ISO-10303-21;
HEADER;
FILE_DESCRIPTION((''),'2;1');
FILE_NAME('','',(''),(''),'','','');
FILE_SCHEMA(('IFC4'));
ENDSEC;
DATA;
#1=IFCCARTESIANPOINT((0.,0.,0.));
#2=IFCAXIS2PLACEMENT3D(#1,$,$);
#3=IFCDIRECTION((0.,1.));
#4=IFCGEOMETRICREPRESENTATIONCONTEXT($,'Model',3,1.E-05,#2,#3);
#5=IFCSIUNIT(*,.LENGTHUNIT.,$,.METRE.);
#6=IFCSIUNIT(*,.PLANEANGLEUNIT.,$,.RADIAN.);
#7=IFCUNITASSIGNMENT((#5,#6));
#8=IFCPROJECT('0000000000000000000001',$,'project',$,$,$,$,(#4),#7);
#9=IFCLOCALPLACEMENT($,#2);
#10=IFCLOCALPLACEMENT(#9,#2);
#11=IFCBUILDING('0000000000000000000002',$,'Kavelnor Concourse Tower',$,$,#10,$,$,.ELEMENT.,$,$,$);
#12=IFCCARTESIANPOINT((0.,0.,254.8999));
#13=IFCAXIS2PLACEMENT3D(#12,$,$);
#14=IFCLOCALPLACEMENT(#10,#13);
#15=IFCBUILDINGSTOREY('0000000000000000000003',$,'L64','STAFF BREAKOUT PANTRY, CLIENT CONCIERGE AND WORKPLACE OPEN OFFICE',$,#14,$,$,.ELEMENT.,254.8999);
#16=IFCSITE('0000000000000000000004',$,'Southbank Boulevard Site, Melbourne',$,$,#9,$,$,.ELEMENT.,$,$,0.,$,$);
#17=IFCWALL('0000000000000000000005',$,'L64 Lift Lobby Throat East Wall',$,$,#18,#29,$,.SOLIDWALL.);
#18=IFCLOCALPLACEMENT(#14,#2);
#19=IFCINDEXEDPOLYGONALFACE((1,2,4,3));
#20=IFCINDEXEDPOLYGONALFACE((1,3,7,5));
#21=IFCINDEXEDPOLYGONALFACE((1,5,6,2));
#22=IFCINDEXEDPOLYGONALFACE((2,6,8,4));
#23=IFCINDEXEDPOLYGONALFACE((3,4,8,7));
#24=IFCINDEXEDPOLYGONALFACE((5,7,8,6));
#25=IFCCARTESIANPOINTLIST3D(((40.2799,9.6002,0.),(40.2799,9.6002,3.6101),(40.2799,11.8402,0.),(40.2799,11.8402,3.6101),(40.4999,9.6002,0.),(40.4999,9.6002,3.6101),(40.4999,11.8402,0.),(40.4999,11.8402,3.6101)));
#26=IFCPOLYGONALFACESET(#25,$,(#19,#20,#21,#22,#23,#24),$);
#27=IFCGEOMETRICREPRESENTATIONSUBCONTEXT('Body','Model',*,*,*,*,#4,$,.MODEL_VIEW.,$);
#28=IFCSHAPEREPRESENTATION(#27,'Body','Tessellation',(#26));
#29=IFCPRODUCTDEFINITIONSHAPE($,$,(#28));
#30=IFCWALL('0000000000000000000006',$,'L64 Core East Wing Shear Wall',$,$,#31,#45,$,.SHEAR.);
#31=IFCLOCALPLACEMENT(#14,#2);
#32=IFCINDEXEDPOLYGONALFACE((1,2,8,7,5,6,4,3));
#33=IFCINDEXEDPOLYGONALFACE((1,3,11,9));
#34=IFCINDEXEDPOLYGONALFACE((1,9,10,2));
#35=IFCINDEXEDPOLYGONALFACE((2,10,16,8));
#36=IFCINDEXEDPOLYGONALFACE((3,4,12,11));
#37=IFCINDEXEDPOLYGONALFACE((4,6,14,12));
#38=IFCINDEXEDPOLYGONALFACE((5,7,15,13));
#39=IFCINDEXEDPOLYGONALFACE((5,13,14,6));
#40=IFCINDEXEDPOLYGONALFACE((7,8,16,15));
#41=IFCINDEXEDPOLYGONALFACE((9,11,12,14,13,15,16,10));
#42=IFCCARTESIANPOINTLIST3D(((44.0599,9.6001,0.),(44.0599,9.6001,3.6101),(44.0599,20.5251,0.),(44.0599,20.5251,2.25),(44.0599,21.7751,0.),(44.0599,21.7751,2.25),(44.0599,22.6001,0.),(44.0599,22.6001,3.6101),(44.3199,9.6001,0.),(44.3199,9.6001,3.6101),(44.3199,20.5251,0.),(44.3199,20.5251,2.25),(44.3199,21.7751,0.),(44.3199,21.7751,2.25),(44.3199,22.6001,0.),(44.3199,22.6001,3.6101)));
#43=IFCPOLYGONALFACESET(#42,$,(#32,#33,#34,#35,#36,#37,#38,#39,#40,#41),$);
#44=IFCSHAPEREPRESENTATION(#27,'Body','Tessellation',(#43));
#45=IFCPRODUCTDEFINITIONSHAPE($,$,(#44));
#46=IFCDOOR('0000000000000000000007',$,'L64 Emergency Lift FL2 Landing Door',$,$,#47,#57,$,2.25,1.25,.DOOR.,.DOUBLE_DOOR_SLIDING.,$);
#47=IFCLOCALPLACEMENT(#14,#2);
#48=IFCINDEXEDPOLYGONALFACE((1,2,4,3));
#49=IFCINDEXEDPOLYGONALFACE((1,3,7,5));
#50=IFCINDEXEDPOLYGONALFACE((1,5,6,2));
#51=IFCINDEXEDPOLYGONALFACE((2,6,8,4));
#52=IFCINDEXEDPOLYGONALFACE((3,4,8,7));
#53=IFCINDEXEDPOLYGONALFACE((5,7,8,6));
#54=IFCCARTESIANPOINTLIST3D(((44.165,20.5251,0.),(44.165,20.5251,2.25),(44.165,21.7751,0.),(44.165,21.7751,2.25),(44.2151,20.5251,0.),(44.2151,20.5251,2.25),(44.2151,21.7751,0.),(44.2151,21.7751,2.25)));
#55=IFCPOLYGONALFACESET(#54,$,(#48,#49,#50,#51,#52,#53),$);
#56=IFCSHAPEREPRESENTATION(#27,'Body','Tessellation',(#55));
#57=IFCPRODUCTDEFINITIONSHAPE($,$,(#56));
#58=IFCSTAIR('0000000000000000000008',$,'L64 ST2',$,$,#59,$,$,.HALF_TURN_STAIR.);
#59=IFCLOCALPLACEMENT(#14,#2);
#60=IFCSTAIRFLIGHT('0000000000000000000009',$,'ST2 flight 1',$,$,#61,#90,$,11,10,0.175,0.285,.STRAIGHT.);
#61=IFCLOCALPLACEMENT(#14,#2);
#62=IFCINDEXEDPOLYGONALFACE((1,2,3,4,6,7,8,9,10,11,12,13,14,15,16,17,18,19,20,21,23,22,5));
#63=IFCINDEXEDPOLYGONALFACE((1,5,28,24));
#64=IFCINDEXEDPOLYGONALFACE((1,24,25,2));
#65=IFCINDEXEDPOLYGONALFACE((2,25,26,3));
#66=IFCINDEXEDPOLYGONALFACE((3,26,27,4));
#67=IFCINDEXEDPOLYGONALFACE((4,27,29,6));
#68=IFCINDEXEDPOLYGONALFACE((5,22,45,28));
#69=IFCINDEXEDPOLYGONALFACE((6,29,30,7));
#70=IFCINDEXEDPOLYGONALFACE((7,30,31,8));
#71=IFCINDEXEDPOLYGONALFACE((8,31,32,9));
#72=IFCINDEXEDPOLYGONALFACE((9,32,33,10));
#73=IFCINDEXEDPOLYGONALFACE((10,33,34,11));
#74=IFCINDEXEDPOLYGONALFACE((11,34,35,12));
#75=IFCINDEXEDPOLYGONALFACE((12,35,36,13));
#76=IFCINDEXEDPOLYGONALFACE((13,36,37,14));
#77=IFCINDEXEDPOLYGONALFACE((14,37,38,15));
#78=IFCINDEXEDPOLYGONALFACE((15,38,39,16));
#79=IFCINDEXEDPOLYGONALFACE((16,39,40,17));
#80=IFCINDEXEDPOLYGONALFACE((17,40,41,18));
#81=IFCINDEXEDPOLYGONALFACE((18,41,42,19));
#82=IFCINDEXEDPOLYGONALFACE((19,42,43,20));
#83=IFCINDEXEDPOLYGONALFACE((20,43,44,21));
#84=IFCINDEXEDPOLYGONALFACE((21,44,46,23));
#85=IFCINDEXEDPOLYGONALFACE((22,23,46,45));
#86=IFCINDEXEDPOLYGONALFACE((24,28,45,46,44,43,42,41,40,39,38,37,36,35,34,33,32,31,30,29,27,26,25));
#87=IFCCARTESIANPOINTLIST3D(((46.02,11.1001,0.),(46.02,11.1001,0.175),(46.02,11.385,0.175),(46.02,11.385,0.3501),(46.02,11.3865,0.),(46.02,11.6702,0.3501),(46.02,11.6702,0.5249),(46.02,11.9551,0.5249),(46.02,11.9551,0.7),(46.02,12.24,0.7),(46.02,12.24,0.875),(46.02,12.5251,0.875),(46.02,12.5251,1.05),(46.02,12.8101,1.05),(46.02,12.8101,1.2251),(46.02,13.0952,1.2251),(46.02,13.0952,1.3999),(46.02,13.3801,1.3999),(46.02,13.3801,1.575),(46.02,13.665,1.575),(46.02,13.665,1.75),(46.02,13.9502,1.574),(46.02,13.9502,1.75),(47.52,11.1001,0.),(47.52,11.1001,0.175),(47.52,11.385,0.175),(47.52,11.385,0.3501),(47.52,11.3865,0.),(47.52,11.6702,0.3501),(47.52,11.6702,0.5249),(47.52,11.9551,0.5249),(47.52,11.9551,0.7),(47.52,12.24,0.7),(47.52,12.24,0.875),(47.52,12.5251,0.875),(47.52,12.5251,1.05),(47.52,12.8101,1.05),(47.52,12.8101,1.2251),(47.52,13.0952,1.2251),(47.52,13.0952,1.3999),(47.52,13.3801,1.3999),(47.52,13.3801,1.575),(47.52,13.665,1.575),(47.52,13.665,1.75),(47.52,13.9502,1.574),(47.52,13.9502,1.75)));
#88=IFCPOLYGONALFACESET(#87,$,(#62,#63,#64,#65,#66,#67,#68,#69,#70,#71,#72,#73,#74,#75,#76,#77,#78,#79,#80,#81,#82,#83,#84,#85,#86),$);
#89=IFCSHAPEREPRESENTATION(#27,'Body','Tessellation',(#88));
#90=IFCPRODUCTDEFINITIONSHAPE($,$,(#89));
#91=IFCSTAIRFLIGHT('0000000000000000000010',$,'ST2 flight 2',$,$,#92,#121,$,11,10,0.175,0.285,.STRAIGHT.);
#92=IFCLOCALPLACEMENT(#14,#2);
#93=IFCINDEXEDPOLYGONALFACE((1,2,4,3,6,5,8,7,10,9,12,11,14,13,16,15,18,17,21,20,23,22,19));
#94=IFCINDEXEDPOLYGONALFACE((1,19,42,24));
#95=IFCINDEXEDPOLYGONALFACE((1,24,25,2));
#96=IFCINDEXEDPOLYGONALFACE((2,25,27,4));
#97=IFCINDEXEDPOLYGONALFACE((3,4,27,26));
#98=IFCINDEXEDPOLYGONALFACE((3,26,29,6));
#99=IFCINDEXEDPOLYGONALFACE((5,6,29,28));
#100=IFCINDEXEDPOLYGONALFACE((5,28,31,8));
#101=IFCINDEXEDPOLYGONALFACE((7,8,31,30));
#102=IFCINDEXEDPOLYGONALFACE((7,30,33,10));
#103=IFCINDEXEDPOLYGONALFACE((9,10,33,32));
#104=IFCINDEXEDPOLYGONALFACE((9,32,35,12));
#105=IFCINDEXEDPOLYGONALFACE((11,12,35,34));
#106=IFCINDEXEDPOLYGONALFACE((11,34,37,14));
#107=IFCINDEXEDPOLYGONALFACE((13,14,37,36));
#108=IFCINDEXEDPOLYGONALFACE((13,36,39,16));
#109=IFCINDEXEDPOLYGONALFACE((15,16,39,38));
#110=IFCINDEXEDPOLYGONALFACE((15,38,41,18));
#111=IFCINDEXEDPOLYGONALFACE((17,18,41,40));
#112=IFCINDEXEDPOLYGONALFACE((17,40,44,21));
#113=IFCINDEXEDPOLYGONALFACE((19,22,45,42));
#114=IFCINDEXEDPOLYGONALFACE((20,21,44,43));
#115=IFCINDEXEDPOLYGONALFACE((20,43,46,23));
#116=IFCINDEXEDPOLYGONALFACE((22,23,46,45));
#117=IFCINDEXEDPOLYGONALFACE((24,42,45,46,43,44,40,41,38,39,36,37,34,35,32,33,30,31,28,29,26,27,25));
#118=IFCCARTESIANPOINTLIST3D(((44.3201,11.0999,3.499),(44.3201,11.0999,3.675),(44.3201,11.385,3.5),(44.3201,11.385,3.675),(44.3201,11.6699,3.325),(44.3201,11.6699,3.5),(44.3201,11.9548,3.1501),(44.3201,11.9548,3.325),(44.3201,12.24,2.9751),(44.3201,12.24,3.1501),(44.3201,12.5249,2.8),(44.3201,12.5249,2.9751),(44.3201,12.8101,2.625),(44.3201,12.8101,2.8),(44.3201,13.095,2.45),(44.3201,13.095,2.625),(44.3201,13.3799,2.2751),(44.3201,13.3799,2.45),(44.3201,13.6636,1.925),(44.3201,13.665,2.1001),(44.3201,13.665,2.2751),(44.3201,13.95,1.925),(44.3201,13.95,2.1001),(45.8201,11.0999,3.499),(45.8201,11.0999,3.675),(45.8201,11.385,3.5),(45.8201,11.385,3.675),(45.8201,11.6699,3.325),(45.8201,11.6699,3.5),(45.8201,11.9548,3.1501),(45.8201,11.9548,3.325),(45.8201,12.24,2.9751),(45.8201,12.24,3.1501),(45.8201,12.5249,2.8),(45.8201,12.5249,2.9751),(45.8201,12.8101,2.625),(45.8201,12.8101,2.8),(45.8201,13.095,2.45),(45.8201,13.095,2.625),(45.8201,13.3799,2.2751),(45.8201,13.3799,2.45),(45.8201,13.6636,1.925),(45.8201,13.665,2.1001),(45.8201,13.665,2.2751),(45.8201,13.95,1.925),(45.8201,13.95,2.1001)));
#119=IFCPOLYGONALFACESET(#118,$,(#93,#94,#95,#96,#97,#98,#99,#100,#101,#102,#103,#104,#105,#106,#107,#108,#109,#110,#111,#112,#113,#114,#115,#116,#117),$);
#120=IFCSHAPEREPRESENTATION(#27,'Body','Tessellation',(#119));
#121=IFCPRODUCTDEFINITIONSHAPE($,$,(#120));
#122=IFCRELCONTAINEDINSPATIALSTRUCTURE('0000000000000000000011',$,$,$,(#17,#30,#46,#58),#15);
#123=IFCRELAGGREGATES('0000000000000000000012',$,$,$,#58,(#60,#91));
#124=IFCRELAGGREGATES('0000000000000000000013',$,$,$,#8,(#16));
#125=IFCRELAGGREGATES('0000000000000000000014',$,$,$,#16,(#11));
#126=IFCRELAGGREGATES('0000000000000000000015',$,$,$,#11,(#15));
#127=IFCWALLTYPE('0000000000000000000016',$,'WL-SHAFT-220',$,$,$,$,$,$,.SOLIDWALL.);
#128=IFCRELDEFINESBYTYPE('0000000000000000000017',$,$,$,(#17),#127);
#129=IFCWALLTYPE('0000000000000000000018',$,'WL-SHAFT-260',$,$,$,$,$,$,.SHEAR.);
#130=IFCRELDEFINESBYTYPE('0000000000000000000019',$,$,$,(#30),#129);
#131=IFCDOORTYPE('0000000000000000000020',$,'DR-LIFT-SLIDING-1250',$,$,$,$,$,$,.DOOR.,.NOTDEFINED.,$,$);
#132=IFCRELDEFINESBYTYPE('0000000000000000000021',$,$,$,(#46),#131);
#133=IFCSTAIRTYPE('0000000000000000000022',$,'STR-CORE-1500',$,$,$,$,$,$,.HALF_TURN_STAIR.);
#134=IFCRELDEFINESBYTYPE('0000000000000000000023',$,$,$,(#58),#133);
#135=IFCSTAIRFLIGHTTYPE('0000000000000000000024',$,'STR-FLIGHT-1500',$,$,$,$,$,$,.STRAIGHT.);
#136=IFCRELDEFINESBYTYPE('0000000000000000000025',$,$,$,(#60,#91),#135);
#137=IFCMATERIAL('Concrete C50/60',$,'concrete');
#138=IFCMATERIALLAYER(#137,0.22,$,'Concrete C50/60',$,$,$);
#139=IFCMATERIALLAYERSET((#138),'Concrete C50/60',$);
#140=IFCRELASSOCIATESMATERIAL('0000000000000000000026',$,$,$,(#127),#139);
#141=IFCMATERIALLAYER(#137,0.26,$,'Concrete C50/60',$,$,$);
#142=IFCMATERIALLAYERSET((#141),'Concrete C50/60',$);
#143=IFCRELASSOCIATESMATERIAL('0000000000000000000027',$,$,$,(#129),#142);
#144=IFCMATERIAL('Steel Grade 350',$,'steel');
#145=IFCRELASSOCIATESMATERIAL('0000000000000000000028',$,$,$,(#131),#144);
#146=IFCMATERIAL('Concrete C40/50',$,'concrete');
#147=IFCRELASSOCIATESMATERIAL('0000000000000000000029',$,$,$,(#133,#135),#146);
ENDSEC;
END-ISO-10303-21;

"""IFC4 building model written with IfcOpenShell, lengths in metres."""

from ifc_helpers import new_model, si_unit, direction, frame, frame_2d, origin, place, context, subcontext, project, spatial, polyline, rectangle, outline, extrude, material, layer, layer_set, type_object, element, fill, aggregate, save


model = new_model("IFC4")

# Units and contexts
model_context = context("Model", 3, precision=1e-05, world=origin(), true_north=direction((0.0, 1.0)))
body_context = subcontext(model_context, "Body", "Model", "MODEL_VIEW")
ifc_project = project(units=[si_unit("LENGTHUNIT", "METRE"), si_unit("PLANEANGLEUNIT", "RADIAN")], contexts=[model_context])

# Site, building, storey
site_placement = place(None, origin())
site = spatial("IfcSite", under=ifc_project, at=site_placement, Name="Southbank Boulevard Site, Melbourne", CompositionType="ELEMENT", RefElevation=0.0)
building_placement = place(site_placement, origin())
building = spatial("IfcBuilding", under=site, at=building_placement, Name="Kavelnor Concourse Tower", CompositionType="ELEMENT")
storey_placement = place(building_placement, frame((0.0, 0.0, 254.8999)))
storey = spatial("IfcBuildingStorey", under=building, at=storey_placement, Name="L64", Description="STAFF BREAKOUT PANTRY, CLIENT CONCIERGE AND WORKPLACE OPEN OFFICE", CompositionType="ELEMENT", Elevation=254.8999)

# Shared definitions
ifc_material_1 = material(Name="Steel Grade 350", Category="steel")

# Shared definitions
ifc_material_2 = material(Name="Concrete C50/60", Category="concrete")
ifc_layer_1 = layer(ifc_material_2, 0.22, Name="Concrete C50/60")
ifc_layer_set_1 = layer_set([ifc_layer_1], Name="Concrete C50/60")
wall_type_1 = type_object("IfcWallType", Name="WL-SHAFT-220", PredefinedType="SOLIDWALL", material=ifc_layer_set_1)

# Wall
wall_1_placement = place(storey_placement, frame((40.3899, 9.6001, 0.0), z_axis=(0.0, 0.0, 1.0), x_axis=(0.0, 1.0, 0.0)))
element("IfcWall", 1, at=wall_1_placement, inside=storey, type_object=wall_type_1, Name="L64 Lift Lobby Throat East Wall", PredefinedType="SOLIDWALL", context=body_context, shape_type="SweptSolid", body=[
    extrude(rectangle(XDim=2.24, YDim=0.22, at=frame_2d((1.1201, 0.0))), origin(), (0.0, 0.0, 1.0), 3.6101),
])

# Wall, opening, door
ifc_layer_2 = layer(ifc_material_2, 0.26, Name="Concrete C50/60")
ifc_layer_set_2 = layer_set([ifc_layer_2], Name="Concrete C50/60")
wall_type_2 = type_object("IfcWallType", Name="WL-SHAFT-260", PredefinedType="SHEAR", material=ifc_layer_set_2)
wall_2_placement = place(storey_placement, frame((44.1899, 9.6001, 0.0), z_axis=(0.0, 0.0, 1.0), x_axis=(0.0, 1.0, 0.0)))
wall_2 = element("IfcWall", 2, at=wall_2_placement, inside=storey, type_object=wall_type_2, Name="L64 Core East Wing Shear Wall", PredefinedType="SHEAR", context=body_context, shape_type="SweptSolid", body=[
    extrude(rectangle(XDim=13.0, YDim=0.26, at=frame_2d((6.5, 0.0))), origin(), (0.0, 0.0, 1.0), 3.6101),
])
opening_1_placement = place(wall_2_placement, frame((10.925, 0.0, 0.0)))
opening_1 = element("IfcOpeningElement", 3, at=opening_1_placement, cuts=wall_2, PredefinedType="OPENING", context=body_context, shape_type="SweptSolid", body=[
    extrude(rectangle(XDim=1.25, YDim=2.25, at=frame_2d((0.625, 1.125))), frame((0.0, 0.1401, 0.0), z_axis=(0.0, -1.0, 0.0), x_axis=(1.0, 0.0, 0.0)), (0.0, 0.0, 1.0), 0.28),
])
door_type_1 = type_object("IfcDoorType", Name="DR-LIFT-SLIDING-1250", OperationType="NOTDEFINED", PredefinedType="DOOR", material=ifc_material_1)
door_1_placement = place(opening_1_placement, origin())
door_1 = element("IfcDoor", 4, at=door_1_placement, inside=storey, type_object=door_type_1, Name="L64 Emergency Lift FL2 Landing Door", OperationType="DOUBLE_DOOR_SLIDING", OverallHeight=2.25, OverallWidth=1.25, PredefinedType="DOOR", context=body_context, shape_type="SweptSolid", body=[
    extrude(rectangle(XDim=1.25, YDim=2.25, at=frame_2d((0.625, 1.125))), frame((0.0, 0.0249, 0.0), z_axis=(0.0, -1.0, 0.0), x_axis=(1.0, 0.0, 0.0)), (0.0, 0.0, 1.0), 0.05),
])
fill(opening_1, door_1)

# Stair, stair flights
ifc_material_3 = material(Name="Concrete C40/50", Category="concrete")
stair_type = type_object("IfcStairType", Name="STR-CORE-1500", PredefinedType="HALF_TURN_STAIR", material=ifc_material_3)
stair_placement = place(storey_placement, origin())
stair = element("IfcStair", 5, at=stair_placement, inside=storey, type_object=stair_type, Name="L64 ST2", PredefinedType="HALF_TURN_STAIR")
stair_flight_type = type_object("IfcStairFlightType", Name="STR-FLIGHT-1500", PredefinedType="STRAIGHT", material=ifc_material_3)
stair_flight_1_placement = place(storey_placement, frame((46.77, 11.1001, 0.0), z_axis=(0.0, 0.0, 1.0), x_axis=(0.0, 1.0, 0.0)))
stair_flight_1 = element("IfcStairFlight", 6, at=stair_flight_1_placement, type_object=stair_flight_type, Name="ST2 flight 1", NumberOfRisers=11, NumberOfTreads=10, PredefinedType="STRAIGHT", RiserHeight=0.175, TreadLength=0.285, context=body_context, shape_type="SweptSolid", body=[
    extrude(outline(polyline([(0.0, 0.0), (0.0, 0.175), (0.2849, 0.175), (0.2849, 0.3501), (0.5701, 0.3501), (0.5701, 0.5249), (0.855, 0.5249), (0.855, 0.7), (1.1399, 0.7), (1.1399, 0.875), (1.425, 0.875), (1.425, 1.05), (1.71, 1.05), (1.71, 1.2251), (1.9951, 1.2251), (1.9951, 1.3999), (2.28, 1.3999), (2.28, 1.575), (2.5649, 1.575), (2.5649, 1.75), (2.8501, 1.75), (2.8501, 1.925), (2.8501, 1.574), (0.2864, 0.0), (0.0, 0.0)])), frame((0.0, 0.75, 0.0), z_axis=(0.0, -1.0, 0.0), x_axis=(1.0, 0.0, 0.0)), (0.0, 0.0, 1.0), 1.5),
])
stair_flight_2_placement = place(storey_placement, frame((45.0701, 13.95, 1.925), z_axis=(0.0, 0.0, 1.0), x_axis=(0.0, -1.0, 0.0)))
stair_flight_2 = element("IfcStairFlight", 7, at=stair_flight_2_placement, type_object=stair_flight_type, Name="ST2 flight 2", NumberOfRisers=11, NumberOfTreads=10, PredefinedType="STRAIGHT", RiserHeight=0.175, TreadLength=0.285, context=body_context, shape_type="SweptSolid", body=[
    extrude(outline(polyline([(0.0, 0.0), (0.0, 0.175), (0.2849, 0.175), (0.2849, 0.3501), (0.5701, 0.3501), (0.5701, 0.5249), (0.855, 0.5249), (0.855, 0.7), (1.1399, 0.7), (1.1399, 0.875), (1.425, 0.875), (1.425, 1.05), (1.71, 1.05), (1.71, 1.2251), (1.9951, 1.2251), (1.9951, 1.3999), (2.28, 1.3999), (2.28, 1.575), (2.5649, 1.575), (2.5649, 1.75), (2.8501, 1.75), (2.8501, 1.925), (2.8501, 1.574), (0.2864, 0.0), (0.0, 0.0)])), frame((0.0, 0.75, 0.0), z_axis=(0.0, -1.0, 0.0), x_axis=(1.0, 0.0, 0.0)), (0.0, 0.0, 1.0), 1.5),
])
aggregate(stair, [stair_flight_1, stair_flight_2])

save(model, "model.ifc")
